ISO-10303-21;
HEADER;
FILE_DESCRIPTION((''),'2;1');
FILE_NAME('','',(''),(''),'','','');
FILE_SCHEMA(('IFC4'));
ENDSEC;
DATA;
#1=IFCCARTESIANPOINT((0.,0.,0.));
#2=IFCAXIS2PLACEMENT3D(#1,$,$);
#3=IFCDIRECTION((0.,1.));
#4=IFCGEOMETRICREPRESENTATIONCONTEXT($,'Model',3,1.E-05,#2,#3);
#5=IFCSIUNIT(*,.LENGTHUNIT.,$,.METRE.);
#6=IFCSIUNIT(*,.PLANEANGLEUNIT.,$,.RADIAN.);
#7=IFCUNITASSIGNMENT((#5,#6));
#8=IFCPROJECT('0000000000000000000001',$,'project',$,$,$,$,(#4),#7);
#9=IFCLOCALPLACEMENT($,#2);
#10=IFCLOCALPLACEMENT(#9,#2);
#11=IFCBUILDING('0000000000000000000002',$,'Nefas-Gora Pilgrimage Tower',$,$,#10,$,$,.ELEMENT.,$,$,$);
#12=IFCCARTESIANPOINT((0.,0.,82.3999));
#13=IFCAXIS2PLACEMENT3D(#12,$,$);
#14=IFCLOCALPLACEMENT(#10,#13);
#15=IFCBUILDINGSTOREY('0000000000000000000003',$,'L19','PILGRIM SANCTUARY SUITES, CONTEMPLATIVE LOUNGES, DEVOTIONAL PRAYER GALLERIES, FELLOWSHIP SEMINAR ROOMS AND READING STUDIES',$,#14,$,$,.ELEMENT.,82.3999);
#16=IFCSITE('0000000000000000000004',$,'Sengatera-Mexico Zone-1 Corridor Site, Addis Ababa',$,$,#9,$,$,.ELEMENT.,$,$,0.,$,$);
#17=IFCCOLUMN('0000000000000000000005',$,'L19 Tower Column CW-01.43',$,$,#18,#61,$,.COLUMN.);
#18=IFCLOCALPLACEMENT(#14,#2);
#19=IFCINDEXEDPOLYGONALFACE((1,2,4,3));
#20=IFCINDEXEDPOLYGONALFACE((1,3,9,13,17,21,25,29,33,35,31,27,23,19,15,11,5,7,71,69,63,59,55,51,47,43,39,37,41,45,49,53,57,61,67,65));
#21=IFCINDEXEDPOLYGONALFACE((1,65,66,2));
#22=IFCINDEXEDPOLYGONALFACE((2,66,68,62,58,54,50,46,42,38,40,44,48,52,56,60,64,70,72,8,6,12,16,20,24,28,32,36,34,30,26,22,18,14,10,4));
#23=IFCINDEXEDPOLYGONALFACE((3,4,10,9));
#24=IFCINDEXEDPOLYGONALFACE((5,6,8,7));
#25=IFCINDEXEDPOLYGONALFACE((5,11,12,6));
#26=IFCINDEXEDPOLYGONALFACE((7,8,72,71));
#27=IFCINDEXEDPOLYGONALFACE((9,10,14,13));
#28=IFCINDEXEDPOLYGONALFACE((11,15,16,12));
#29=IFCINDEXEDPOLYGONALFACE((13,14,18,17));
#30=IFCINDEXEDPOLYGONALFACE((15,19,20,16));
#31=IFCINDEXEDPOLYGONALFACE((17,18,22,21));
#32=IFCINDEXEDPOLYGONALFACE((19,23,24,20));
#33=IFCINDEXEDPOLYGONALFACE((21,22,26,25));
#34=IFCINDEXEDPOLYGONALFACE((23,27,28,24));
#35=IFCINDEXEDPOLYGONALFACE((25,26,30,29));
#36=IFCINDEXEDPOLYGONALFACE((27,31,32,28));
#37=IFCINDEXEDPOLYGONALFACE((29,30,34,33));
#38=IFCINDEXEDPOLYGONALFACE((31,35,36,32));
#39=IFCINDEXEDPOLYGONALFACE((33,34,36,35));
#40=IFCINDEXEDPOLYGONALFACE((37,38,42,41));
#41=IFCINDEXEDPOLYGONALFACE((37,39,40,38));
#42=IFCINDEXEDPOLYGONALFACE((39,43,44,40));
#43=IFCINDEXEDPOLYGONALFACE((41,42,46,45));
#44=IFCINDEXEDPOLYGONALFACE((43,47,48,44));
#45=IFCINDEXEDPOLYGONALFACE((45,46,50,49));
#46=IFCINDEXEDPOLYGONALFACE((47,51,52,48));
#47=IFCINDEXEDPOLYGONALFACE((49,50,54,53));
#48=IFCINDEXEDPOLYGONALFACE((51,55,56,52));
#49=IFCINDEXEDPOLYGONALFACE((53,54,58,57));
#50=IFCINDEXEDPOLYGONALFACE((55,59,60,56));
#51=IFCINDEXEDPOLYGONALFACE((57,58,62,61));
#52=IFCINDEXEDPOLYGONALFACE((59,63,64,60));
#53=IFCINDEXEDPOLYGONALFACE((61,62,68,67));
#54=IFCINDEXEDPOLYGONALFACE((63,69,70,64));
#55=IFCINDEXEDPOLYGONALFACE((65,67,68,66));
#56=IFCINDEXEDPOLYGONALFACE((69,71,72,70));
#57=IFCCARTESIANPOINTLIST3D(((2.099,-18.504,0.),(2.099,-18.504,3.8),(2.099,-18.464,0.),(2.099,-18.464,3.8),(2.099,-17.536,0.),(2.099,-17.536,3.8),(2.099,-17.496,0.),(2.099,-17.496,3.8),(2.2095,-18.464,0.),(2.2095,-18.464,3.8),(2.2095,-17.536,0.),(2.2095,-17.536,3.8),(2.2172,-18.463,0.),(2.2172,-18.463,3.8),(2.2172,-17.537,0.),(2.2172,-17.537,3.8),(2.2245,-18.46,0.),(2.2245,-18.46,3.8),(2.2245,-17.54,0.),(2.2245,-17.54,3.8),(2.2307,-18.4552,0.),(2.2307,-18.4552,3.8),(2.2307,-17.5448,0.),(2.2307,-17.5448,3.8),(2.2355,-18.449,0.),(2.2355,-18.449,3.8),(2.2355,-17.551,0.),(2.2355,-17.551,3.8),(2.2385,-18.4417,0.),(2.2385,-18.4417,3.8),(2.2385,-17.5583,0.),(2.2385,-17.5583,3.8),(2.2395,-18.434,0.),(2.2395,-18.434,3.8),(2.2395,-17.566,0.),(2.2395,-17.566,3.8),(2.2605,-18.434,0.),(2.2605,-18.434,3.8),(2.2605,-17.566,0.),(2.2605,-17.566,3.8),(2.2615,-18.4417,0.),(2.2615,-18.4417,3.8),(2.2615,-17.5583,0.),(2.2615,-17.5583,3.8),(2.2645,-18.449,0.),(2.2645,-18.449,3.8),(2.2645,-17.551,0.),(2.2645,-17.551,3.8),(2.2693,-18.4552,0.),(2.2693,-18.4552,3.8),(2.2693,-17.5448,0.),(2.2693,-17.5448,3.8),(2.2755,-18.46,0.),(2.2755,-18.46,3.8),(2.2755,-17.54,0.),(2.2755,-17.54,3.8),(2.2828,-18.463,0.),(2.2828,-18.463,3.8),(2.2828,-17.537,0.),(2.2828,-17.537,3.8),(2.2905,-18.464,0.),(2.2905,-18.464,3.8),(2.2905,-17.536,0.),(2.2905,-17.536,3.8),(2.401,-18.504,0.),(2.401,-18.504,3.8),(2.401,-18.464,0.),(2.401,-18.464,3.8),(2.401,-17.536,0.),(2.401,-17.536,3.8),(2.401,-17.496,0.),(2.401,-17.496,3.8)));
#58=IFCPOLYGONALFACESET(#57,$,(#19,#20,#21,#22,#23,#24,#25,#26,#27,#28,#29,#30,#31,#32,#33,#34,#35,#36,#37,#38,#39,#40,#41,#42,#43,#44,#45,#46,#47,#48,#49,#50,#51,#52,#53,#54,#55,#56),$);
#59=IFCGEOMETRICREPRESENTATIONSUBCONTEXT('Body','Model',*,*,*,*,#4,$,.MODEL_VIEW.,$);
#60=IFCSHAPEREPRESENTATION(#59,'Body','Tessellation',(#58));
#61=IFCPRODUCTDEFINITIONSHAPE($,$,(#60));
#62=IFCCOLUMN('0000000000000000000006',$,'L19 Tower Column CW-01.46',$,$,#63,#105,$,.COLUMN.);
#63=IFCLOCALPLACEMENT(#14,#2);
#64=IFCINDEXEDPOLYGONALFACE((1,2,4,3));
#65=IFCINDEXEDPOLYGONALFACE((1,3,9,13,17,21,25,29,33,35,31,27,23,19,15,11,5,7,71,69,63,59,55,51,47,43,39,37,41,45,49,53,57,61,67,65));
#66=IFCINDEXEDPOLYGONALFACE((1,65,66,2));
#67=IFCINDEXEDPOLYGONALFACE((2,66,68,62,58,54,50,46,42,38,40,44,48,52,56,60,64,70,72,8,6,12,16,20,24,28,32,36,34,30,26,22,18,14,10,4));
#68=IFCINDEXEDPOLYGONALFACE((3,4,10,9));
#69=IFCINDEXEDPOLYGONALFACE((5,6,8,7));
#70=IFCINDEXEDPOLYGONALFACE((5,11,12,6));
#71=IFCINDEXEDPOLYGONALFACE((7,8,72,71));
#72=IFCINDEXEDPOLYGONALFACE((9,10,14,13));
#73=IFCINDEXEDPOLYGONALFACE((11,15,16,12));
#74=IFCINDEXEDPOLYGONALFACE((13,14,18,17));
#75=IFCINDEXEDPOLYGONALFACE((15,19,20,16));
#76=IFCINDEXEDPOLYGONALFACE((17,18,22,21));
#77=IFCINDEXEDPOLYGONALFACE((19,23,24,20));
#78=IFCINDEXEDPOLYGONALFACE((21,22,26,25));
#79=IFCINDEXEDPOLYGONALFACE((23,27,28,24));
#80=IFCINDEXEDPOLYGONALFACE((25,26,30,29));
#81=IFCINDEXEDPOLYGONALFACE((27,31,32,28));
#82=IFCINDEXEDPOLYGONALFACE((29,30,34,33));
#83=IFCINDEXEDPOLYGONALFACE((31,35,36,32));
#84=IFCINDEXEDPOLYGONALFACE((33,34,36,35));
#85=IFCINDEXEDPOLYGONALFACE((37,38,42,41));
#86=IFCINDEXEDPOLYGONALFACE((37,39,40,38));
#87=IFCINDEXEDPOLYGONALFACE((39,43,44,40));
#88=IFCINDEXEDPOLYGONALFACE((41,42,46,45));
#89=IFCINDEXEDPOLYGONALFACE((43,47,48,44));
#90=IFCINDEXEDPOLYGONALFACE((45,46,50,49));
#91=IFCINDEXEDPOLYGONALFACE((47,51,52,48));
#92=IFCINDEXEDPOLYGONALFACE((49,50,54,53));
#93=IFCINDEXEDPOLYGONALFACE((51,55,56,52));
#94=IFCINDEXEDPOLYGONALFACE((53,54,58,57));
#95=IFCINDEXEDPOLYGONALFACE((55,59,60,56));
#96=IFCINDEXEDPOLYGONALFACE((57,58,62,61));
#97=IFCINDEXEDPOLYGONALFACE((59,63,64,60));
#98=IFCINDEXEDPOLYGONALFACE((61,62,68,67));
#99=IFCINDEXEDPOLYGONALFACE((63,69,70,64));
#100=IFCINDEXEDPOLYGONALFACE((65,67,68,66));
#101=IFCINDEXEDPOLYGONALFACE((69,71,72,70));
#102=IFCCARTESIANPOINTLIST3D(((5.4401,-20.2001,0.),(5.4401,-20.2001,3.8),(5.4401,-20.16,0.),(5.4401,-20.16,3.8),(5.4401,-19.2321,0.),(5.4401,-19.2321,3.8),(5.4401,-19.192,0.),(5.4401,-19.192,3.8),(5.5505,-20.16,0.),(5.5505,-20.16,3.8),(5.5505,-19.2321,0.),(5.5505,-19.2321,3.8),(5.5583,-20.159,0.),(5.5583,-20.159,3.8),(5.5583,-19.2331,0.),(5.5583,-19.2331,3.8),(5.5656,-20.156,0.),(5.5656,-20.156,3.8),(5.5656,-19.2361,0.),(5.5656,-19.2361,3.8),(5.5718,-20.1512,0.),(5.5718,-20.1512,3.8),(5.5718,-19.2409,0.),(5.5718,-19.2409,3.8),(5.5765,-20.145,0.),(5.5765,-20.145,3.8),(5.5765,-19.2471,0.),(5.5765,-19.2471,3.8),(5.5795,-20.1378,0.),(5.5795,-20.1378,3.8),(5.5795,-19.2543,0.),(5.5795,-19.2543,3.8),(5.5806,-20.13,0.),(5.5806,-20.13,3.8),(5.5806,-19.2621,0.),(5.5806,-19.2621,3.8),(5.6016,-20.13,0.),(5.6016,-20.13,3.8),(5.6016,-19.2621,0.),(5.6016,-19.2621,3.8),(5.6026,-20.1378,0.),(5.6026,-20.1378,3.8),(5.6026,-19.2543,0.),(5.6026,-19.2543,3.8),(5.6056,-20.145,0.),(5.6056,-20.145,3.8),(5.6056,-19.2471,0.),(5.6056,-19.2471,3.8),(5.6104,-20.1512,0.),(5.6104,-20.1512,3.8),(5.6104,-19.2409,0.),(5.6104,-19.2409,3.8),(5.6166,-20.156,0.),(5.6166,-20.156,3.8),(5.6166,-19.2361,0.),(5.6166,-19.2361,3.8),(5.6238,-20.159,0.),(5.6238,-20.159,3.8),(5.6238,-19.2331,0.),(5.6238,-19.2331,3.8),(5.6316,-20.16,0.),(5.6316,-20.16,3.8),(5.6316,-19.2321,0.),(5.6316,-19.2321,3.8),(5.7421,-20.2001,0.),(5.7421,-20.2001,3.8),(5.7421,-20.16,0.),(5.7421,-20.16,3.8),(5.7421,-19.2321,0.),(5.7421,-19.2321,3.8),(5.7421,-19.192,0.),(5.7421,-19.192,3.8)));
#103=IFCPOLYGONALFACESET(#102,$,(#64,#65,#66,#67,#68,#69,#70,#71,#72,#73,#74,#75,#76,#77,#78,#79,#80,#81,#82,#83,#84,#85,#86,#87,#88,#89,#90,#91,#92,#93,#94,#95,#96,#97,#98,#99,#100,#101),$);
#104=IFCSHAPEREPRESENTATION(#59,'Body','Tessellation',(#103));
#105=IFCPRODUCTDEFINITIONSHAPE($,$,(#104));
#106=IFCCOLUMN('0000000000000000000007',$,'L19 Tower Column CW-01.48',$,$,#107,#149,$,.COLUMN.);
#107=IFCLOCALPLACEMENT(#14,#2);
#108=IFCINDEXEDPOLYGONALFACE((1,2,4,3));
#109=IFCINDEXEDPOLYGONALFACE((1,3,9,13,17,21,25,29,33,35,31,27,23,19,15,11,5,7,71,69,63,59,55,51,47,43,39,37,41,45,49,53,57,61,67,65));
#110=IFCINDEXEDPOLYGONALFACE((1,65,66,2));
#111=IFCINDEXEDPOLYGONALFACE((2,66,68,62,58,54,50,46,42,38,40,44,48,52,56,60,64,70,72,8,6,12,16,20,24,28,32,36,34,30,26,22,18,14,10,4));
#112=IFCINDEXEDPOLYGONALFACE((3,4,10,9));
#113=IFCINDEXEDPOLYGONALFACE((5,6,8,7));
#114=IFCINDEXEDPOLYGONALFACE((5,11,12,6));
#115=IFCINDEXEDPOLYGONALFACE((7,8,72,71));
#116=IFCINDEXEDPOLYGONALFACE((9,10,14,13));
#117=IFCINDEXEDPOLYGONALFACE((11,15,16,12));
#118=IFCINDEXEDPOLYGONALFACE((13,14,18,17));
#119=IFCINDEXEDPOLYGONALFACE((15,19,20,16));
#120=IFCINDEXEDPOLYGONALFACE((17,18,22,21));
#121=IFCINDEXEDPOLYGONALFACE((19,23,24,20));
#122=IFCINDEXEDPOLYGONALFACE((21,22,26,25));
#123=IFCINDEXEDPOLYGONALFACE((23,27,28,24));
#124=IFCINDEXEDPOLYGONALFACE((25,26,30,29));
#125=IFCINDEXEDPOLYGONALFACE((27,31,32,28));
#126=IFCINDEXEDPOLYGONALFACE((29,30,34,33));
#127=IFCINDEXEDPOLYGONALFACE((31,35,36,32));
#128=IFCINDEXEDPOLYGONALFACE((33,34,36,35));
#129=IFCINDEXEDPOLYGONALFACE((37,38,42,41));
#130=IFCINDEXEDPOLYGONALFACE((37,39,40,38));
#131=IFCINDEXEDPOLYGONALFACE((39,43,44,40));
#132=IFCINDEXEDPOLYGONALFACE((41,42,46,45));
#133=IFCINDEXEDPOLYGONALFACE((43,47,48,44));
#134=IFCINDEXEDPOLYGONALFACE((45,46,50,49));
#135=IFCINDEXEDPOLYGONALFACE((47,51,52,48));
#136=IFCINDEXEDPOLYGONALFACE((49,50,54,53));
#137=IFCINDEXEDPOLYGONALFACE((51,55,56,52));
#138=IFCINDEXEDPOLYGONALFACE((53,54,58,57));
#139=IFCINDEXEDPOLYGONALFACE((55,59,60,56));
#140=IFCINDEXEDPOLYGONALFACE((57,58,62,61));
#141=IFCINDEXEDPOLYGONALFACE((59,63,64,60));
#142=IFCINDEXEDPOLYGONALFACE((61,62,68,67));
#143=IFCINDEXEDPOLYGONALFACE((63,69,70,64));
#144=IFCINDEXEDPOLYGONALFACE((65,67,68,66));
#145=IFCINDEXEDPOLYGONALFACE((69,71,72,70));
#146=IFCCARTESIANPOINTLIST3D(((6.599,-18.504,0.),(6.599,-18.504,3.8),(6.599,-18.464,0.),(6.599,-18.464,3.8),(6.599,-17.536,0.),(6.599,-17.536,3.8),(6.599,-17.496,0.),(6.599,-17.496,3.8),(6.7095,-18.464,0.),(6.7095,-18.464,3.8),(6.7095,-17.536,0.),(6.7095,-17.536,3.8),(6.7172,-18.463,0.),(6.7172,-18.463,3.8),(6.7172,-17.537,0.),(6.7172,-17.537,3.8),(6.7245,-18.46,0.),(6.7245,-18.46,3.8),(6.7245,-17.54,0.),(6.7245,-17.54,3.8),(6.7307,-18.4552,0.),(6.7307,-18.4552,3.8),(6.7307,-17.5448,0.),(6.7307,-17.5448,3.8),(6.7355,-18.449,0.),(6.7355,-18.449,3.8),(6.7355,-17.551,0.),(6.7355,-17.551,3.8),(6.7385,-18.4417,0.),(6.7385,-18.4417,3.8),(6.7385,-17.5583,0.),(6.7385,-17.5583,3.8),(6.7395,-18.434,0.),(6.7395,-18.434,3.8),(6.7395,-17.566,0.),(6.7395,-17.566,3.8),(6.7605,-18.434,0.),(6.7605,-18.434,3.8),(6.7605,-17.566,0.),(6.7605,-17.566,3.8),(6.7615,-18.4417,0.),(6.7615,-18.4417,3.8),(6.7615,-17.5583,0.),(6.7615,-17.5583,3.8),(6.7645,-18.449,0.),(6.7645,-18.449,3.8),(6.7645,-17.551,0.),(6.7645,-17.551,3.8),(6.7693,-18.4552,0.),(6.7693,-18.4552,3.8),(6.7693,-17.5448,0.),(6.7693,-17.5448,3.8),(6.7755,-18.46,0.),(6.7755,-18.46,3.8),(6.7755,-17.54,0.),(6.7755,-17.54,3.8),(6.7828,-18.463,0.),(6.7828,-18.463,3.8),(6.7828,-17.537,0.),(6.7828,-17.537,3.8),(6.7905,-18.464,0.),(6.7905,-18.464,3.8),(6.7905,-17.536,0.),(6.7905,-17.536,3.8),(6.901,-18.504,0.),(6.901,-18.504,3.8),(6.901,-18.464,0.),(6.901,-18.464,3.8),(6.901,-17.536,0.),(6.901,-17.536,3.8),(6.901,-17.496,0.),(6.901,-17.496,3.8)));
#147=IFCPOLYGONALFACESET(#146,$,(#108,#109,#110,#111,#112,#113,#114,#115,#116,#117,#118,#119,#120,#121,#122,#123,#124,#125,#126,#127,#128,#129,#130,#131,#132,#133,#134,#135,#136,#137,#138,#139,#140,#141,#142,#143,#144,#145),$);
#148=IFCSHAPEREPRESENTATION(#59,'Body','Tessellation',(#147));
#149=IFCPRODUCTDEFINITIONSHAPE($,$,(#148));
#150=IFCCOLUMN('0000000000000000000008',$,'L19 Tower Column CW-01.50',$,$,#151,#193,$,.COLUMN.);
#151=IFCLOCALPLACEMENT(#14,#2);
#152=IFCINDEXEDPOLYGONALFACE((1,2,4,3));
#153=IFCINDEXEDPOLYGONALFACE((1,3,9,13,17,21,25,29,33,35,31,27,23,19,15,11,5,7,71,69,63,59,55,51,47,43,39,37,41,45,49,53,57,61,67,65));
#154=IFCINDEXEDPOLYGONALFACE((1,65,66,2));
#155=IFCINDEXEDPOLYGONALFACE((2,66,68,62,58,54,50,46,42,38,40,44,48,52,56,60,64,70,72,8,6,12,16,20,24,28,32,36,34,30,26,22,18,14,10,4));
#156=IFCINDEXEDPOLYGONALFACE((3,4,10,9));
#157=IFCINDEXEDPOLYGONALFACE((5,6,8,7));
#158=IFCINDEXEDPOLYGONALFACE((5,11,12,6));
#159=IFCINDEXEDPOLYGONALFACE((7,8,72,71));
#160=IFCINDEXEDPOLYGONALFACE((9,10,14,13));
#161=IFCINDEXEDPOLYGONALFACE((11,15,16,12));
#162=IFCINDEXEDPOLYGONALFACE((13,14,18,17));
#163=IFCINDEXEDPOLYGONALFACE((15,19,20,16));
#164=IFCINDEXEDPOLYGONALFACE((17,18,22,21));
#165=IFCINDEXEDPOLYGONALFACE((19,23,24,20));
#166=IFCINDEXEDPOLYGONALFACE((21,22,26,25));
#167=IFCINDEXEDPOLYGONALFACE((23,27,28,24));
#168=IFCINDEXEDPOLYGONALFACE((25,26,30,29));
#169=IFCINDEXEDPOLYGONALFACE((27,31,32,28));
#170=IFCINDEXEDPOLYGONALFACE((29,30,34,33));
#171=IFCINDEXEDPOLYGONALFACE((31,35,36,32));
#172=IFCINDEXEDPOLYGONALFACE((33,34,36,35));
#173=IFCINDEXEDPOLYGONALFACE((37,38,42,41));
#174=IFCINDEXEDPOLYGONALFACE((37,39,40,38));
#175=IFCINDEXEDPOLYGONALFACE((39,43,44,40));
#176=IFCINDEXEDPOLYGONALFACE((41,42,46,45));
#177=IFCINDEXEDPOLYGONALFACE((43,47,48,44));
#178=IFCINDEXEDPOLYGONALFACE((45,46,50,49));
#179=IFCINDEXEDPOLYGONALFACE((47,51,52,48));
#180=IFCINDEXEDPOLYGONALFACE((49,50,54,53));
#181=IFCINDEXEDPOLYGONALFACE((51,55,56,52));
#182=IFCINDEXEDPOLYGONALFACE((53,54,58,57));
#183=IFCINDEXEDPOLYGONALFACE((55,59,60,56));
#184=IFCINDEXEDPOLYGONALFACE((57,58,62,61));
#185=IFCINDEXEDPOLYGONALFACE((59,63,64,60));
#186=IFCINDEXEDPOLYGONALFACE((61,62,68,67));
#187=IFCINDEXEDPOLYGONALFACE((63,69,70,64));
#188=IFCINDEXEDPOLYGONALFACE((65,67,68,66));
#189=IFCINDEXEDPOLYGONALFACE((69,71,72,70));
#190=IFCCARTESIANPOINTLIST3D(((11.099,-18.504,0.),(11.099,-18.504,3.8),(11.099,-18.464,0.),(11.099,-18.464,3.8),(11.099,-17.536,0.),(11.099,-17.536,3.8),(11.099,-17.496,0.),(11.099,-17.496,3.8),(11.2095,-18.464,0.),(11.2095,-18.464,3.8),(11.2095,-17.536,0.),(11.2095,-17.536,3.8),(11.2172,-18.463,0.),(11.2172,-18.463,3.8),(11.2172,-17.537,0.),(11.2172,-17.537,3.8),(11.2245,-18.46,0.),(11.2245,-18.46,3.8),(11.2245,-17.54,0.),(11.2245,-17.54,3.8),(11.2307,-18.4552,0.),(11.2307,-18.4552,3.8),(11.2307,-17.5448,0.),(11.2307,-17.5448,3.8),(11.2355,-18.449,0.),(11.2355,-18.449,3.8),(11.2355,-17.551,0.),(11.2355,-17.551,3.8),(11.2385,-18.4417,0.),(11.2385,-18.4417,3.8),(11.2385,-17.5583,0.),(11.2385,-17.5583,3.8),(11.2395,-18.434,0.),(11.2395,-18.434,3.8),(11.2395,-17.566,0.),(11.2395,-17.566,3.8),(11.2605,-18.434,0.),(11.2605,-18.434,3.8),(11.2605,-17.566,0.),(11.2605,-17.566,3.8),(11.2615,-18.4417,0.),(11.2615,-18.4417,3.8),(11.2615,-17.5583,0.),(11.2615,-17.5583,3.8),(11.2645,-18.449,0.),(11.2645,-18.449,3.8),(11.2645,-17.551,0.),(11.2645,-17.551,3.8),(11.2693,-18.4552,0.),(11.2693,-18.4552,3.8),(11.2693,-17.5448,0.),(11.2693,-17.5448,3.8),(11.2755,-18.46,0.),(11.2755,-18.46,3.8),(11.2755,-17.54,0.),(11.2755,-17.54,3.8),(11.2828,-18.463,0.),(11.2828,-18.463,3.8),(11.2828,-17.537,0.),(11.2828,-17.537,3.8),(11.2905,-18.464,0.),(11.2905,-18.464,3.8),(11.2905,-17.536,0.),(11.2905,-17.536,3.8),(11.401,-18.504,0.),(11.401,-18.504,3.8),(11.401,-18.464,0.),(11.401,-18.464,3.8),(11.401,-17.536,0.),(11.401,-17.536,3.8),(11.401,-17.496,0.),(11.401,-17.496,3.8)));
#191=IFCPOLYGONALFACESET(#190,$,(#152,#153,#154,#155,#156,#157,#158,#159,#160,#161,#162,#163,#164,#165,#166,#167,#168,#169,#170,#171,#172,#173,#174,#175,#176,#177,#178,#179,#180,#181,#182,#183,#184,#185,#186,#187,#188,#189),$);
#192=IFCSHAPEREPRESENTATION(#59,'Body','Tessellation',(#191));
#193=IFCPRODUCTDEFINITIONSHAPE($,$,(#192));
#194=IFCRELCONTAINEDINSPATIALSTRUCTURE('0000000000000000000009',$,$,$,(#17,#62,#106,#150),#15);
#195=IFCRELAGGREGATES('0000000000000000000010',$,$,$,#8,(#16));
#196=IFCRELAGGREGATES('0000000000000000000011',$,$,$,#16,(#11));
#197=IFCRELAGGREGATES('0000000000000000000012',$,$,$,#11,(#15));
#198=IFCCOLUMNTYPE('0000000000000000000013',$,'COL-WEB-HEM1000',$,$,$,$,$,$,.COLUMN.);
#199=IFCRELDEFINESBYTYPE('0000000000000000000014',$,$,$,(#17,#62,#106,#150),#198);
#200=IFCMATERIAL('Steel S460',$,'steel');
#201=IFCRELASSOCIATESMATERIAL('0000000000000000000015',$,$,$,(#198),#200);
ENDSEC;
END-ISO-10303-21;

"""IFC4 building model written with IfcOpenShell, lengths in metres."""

from ifc_helpers import new_model, si_unit, direction, frame, origin, origin_2d, place, context, subcontext, project, spatial, i_section, extrude, source, transform, mapped, material, material_profile, profile_set, type_object, element, save


model = new_model("IFC4")

# Units and contexts
model_context = context("Model", 3, precision=1e-05, world=origin(), true_north=direction((0.0, 1.0)))
body_context = subcontext(model_context, "Body", "Model", "MODEL_VIEW")
ifc_project = project(units=[si_unit("LENGTHUNIT", "METRE"), si_unit("PLANEANGLEUNIT", "RADIAN")], contexts=[model_context])

# Site, building, storey
site_placement = place(None, origin())
site = spatial("IfcSite", under=ifc_project, at=site_placement, Name="Sengatera-Mexico Zone-1 Corridor Site, Addis Ababa", CompositionType="ELEMENT", RefElevation=0.0)
building_placement = place(site_placement, origin())
building = spatial("IfcBuilding", under=site, at=building_placement, Name="Nefas-Gora Pilgrimage Tower", CompositionType="ELEMENT")
storey_placement = place(building_placement, frame((0.0, 0.0, 82.3999)))
storey = spatial("IfcBuildingStorey", under=building, at=storey_placement, Name="L19", Description="PILGRIM SANCTUARY SUITES, CONTEMPLATIVE LOUNGES, DEVOTIONAL PRAYER GALLERIES, FELLOWSHIP SEMINAR ROOMS AND READING STUDIES", CompositionType="ELEMENT", Elevation=82.3999)

# Columns
ifc_material_1 = material(Name="Steel S460", Category="steel")
ifc_material_profile_1 = material_profile(ifc_material_1, i_section(OverallWidth=0.302, OverallDepth=1.0081, WebThickness=0.021, FlangeThickness=0.04, FilletRadius=0.03, at=origin_2d()), Name="HEM 1000")
ifc_profile_set_1 = profile_set([ifc_material_profile_1], Name="Steel S460")
column_type_1 = type_object("IfcColumnType", Name="COL-WEB-HEM1000", PredefinedType="COLUMN", material=ifc_profile_set_1)
shared_shape_1 = source(origin(), body_context, "Body", "SweptSolid", [
    extrude(i_section(OverallWidth=0.302, OverallDepth=1.0081, WebThickness=0.021, FlangeThickness=0.04, FilletRadius=0.03, at=origin_2d()), origin(), (0.0, 0.0, 1.0), 3.8),
])
for number, where, z_axis, x_axis, name in (
    (1, (2.25, -18.0, 0.0), (0.0, 0.0, 1.0), (1.0, 0.0, 0.0), "L19 Tower Column CW-01.43"),
    (2, (5.5911, -19.696, 0.0), (0.0, 0.0, 1.0), (1.0, 0.0, 0.0), "L19 Tower Column CW-01.46"),
    (3, (6.75, -18.0, 0.0), (0.0, 0.0, 1.0), (1.0, 0.0, 0.0), "L19 Tower Column CW-01.48"),
    (4, (11.25, -18.0, 0.0), (0.0, 0.0, 1.0), (1.0, 0.0, 0.0), "L19 Tower Column CW-01.50"),
):
    element("IfcColumn", number, at=place(storey_placement, frame(where, z_axis=z_axis, x_axis=x_axis)), inside=storey, type_object=column_type_1, Name=name, PredefinedType="COLUMN", context=body_context, shape_type="MappedRepresentation", body=[
        mapped(shared_shape_1, transform((0.0, 0.0, 0.0), x_axis=(1.0, 0.0, 0.0), y_axis=(0.0, 1.0, 0.0), z_axis=(0.0, 0.0, 1.0), scale=1.0)),
    ])

save(model, "model.ifc")
